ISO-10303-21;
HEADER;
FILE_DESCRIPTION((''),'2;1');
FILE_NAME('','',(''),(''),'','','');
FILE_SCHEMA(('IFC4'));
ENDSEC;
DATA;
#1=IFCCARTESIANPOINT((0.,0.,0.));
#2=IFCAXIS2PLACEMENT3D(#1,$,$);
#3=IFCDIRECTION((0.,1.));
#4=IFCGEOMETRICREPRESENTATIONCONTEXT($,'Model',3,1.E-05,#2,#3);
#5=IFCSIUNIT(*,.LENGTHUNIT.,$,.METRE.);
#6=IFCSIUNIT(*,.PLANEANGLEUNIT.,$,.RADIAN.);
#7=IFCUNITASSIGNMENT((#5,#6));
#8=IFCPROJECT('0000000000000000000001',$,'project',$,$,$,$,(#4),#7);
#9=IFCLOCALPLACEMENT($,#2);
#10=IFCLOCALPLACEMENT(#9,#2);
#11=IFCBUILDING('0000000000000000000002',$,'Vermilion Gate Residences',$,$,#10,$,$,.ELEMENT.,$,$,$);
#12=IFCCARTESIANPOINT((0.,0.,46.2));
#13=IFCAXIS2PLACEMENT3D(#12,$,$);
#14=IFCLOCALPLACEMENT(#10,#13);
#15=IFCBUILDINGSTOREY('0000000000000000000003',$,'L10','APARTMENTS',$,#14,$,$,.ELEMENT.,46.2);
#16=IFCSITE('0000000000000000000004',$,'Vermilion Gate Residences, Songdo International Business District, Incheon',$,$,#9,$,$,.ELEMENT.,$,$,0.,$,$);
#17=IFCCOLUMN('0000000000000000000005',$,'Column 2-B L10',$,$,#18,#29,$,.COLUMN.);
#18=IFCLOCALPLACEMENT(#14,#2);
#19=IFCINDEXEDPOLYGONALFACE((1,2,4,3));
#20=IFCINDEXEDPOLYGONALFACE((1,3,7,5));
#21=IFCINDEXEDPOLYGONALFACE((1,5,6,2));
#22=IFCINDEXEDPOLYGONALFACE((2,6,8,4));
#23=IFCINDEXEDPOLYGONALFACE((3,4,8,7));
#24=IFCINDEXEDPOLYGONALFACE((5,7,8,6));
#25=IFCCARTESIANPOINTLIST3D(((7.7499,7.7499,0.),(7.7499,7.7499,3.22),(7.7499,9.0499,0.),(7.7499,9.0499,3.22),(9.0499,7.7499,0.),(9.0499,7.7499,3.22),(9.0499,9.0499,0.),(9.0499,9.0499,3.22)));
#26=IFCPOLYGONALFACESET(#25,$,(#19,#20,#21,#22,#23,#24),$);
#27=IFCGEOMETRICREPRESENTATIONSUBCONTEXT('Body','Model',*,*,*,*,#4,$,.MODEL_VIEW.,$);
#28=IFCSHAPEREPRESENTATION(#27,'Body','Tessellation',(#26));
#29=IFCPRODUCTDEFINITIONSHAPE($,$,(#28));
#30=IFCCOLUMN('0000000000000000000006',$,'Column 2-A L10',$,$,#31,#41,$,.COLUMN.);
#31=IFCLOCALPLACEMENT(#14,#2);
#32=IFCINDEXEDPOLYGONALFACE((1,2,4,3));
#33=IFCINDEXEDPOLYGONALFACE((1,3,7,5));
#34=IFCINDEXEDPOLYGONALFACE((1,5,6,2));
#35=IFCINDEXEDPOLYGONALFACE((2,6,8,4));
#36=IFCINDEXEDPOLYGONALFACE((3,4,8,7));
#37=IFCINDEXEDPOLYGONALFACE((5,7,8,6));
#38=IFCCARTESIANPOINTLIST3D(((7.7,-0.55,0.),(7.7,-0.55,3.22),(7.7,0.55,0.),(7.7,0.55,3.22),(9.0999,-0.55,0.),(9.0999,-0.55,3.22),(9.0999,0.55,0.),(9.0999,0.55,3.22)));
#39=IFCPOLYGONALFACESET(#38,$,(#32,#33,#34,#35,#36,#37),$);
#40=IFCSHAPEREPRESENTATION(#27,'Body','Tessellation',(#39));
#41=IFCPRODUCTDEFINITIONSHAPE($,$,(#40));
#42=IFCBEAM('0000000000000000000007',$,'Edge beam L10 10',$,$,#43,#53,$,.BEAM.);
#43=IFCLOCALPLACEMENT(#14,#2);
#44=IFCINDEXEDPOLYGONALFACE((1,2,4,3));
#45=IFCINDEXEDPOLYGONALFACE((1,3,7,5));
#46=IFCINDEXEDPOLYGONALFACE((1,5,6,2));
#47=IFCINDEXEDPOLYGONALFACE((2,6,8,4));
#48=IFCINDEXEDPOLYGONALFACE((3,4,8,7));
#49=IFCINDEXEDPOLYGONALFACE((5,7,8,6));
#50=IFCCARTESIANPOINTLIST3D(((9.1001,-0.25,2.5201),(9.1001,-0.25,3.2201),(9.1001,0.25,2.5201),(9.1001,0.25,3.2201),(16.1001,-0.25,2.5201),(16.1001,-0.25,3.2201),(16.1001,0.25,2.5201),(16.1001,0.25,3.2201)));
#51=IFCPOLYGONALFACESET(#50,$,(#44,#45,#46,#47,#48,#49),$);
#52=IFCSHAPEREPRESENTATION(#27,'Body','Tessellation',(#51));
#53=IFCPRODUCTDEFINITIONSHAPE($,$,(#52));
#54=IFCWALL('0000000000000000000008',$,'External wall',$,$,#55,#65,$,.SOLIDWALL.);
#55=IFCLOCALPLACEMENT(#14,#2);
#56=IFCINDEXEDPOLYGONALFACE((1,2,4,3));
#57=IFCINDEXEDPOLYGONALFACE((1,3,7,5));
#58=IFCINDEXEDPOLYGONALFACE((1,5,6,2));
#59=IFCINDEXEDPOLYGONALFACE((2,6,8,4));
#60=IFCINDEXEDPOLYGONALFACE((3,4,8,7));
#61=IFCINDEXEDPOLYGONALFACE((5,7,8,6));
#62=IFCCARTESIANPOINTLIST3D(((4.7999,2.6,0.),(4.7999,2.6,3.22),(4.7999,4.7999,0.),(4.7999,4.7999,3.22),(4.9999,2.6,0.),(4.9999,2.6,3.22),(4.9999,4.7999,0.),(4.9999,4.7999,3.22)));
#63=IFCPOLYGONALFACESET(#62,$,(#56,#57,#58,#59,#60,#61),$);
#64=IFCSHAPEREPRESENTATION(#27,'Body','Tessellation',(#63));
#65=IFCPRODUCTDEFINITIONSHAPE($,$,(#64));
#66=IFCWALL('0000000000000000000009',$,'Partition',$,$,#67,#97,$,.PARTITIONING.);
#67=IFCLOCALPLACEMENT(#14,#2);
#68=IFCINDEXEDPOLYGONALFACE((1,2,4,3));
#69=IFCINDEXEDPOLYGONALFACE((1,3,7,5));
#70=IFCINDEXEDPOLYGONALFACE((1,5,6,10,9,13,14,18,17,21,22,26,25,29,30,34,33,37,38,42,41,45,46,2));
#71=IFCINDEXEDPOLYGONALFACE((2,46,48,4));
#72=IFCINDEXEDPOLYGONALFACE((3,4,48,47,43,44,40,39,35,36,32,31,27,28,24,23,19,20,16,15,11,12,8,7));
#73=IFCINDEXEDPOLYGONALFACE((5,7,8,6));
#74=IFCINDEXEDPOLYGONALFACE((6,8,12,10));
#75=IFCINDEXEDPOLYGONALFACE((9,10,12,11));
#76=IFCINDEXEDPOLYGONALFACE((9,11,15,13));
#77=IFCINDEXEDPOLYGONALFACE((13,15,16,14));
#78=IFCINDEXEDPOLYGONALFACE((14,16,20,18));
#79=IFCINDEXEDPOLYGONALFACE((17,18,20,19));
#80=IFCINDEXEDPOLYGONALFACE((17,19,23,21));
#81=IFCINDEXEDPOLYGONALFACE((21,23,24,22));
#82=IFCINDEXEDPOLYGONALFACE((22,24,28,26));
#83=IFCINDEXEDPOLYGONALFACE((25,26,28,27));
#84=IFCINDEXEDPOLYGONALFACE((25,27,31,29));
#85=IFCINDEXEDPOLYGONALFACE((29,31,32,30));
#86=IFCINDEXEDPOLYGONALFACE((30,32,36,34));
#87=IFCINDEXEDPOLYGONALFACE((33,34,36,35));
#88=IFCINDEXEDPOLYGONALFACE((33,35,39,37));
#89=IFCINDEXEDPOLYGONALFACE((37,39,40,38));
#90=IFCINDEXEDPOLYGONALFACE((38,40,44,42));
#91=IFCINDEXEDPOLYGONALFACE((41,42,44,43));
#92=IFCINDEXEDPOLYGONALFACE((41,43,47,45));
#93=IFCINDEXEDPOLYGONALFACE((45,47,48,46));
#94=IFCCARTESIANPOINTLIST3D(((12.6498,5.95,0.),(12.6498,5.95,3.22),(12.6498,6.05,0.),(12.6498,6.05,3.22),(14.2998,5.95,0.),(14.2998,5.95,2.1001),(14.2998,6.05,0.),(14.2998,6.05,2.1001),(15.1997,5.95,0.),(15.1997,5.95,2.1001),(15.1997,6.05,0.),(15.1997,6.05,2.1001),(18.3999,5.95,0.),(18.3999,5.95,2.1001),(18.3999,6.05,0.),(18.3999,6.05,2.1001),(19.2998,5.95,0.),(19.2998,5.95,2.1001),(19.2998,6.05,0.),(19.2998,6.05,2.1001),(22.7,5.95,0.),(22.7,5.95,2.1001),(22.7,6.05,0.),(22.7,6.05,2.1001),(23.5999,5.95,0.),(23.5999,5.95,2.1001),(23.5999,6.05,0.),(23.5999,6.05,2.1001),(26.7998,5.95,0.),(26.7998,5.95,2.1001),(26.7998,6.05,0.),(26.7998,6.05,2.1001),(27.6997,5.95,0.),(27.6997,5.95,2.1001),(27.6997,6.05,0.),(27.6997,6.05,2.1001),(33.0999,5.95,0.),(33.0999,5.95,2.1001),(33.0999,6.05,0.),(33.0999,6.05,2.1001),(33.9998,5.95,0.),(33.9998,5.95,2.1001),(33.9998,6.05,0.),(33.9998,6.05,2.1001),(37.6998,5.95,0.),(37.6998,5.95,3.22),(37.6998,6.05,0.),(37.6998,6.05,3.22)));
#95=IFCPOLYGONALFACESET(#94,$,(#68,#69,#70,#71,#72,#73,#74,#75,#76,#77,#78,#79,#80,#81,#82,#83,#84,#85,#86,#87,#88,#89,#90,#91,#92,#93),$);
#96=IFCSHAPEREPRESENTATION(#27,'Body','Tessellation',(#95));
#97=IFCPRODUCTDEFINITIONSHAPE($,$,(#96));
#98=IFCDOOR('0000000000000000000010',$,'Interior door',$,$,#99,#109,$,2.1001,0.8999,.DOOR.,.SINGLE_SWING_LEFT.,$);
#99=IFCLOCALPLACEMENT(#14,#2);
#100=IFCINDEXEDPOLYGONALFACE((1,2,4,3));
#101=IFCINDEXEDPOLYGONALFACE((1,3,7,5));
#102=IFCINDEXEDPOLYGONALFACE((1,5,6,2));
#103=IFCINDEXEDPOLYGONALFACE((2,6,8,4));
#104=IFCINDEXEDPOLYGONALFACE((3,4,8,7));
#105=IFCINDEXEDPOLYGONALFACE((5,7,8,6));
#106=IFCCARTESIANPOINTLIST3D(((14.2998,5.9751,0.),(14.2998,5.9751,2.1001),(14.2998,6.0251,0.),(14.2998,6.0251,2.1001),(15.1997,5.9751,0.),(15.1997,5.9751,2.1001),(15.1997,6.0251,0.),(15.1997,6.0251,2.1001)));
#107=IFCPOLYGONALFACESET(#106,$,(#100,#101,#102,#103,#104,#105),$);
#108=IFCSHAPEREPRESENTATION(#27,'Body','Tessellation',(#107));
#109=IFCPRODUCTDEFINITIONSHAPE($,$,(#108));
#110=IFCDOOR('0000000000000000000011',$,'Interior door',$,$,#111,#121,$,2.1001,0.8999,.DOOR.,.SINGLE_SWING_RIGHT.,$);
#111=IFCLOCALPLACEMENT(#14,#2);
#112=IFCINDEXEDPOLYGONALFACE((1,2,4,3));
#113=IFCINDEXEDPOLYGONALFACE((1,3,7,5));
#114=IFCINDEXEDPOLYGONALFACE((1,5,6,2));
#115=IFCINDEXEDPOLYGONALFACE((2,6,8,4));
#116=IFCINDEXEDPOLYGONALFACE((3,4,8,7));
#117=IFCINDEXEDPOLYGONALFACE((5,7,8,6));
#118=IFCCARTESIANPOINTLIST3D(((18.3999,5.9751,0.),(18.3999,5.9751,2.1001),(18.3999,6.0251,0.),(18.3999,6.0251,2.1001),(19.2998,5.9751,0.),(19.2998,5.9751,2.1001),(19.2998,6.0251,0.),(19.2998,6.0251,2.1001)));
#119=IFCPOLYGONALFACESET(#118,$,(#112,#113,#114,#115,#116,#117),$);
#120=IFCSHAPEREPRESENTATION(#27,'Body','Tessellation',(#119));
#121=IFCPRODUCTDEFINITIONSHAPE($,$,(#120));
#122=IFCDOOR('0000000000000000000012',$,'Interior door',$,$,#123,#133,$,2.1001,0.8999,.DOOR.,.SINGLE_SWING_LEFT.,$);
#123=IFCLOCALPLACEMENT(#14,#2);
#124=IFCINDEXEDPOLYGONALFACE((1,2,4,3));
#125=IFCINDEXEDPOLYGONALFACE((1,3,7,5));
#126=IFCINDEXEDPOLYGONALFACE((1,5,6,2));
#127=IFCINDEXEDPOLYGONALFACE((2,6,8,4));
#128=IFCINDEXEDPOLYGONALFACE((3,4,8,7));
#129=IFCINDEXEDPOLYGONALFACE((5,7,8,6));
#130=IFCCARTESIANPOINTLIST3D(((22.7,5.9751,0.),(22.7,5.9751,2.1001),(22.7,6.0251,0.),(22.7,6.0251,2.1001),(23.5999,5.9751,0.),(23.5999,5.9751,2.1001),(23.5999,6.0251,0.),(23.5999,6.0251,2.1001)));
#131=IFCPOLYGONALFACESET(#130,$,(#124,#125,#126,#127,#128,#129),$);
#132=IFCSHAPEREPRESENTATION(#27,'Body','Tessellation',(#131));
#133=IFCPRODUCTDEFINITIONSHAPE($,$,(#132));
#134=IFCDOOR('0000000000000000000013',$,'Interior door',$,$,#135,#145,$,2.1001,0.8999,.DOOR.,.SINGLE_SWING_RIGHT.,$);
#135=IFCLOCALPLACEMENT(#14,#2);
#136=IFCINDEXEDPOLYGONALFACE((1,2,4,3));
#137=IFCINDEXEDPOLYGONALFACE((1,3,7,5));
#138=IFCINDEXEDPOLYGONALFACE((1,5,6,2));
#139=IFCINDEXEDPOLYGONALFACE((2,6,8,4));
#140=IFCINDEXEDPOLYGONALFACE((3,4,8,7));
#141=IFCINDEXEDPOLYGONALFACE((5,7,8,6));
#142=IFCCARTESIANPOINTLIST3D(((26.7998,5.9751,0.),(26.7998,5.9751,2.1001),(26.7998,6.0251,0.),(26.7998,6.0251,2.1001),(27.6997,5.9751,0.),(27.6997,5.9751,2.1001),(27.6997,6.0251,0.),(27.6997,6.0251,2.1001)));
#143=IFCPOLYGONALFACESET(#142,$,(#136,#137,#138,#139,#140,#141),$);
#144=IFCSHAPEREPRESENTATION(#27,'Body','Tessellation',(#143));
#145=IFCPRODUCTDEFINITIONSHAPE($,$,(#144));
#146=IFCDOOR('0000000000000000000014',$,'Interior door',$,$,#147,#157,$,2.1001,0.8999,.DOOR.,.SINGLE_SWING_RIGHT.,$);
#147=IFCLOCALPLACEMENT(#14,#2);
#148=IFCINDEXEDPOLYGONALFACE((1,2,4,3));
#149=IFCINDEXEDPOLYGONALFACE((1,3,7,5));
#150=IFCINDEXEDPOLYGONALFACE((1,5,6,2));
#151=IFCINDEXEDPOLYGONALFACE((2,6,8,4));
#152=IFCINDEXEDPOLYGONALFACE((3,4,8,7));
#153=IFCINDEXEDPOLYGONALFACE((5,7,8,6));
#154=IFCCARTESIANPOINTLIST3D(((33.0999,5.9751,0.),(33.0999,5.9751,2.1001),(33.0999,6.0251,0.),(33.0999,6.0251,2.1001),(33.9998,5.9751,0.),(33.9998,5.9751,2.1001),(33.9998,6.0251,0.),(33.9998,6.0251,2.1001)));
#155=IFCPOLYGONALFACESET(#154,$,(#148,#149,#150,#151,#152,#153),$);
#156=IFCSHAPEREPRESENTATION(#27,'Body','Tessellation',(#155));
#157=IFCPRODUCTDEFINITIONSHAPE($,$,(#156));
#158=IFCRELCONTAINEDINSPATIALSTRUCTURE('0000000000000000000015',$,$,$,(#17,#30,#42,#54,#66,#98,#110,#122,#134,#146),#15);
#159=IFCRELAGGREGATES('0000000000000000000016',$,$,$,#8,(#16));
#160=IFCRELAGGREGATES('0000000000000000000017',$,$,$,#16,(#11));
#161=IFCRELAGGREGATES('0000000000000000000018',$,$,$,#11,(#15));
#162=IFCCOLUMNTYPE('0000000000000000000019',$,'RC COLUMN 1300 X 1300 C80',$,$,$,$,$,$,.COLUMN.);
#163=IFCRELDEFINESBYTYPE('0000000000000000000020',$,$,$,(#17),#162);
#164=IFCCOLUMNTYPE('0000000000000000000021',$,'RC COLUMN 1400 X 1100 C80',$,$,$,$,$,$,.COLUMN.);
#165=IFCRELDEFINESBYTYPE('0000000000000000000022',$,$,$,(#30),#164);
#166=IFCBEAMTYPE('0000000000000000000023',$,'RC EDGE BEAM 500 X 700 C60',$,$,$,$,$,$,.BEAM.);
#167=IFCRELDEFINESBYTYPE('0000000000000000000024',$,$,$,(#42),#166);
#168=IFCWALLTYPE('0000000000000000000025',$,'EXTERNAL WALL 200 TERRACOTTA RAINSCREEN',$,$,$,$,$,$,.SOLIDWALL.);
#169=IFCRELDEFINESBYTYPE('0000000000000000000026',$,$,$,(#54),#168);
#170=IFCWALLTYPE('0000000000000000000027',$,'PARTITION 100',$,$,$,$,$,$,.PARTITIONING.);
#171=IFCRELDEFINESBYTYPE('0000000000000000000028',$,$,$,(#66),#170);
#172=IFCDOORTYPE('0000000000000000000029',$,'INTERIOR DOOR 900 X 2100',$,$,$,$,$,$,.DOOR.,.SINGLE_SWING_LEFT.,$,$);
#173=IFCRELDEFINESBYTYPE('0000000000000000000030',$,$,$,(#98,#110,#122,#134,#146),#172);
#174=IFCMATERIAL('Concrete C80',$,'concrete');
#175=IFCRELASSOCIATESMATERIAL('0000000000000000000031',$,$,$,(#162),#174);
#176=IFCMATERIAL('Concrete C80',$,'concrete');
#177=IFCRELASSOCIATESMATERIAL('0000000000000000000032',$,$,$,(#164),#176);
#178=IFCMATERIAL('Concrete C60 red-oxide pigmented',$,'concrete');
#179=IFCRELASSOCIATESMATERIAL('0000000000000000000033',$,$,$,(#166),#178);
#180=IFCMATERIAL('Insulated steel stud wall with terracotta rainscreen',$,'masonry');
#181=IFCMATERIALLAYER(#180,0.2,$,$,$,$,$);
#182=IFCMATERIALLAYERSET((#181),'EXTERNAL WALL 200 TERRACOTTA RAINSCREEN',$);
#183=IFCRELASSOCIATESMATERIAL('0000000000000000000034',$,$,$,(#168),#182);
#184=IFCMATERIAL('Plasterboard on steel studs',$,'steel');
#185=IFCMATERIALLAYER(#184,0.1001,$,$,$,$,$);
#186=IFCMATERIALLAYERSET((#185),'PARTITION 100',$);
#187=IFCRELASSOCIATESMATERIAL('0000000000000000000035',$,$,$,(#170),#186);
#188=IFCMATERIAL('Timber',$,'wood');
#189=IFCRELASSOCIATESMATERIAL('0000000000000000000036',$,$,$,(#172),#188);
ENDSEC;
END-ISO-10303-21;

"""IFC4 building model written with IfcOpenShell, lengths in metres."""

from ifc_helpers import new_model, si_unit, direction, frame, frame_2d, origin, origin_2d, place, context, subcontext, project, spatial, rectangle, extrude, material, layer, layer_set, material_profile, profile_set, type_object, element, fill, save


model = new_model("IFC4")

# Units and contexts
model_context = context("Model", 3, precision=1e-05, world=origin(), true_north=direction((0.0, 1.0)))
body_context = subcontext(model_context, "Body", "Model", "MODEL_VIEW")
ifc_project = project(units=[si_unit("LENGTHUNIT", "METRE"), si_unit("PLANEANGLEUNIT", "RADIAN")], contexts=[model_context])

# Site, building, storey
site_placement = place(None, origin())
site = spatial("IfcSite", under=ifc_project, at=site_placement, Name="Vermilion Gate Residences, Songdo International Business District, Incheon", CompositionType="ELEMENT", RefElevation=0.0)
building_placement = place(site_placement, origin())
building = spatial("IfcBuilding", under=site, at=building_placement, Name="Vermilion Gate Residences", CompositionType="ELEMENT")
storey_placement = place(building_placement, frame((0.0, 0.0, 46.2)))
storey = spatial("IfcBuildingStorey", under=building, at=storey_placement, Name="L10", Description="APARTMENTS", CompositionType="ELEMENT", Elevation=46.2)

# Columns
ifc_material_1 = material(Name="Concrete C80", Category="concrete")
ifc_material_profile_1 = material_profile(ifc_material_1, rectangle(XDim=1.3, YDim=1.3, at=origin_2d()), Name="RC-1300x1300")
ifc_profile_set_1 = profile_set([ifc_material_profile_1], Name="Concrete C80")
column_type_1 = type_object("IfcColumnType", Name="RC COLUMN 1300 X 1300 C80", PredefinedType="COLUMN", material=ifc_profile_set_1)
column_1_placement = place(storey_placement, frame((8.3999, 8.3999, 0.0), z_axis=(0.0, 0.0, 1.0), x_axis=(1.0, 0.0, 0.0)))
element("IfcColumn", 1, at=column_1_placement, inside=storey, type_object=column_type_1, Name="Column 2-B L10", PredefinedType="COLUMN", context=body_context, shape_type="SweptSolid", body=[
    extrude(rectangle(XDim=1.3, YDim=1.3, at=origin_2d()), origin(), (0.0, 0.0, 1.0), 3.22),
])
ifc_material_2 = material(Name="Concrete C80", Category="concrete")
ifc_material_profile_2 = material_profile(ifc_material_2, rectangle(XDim=1.3999, YDim=1.1001, at=origin_2d()), Name="RC-1400x1100")
ifc_profile_set_2 = profile_set([ifc_material_profile_2], Name="Concrete C80")
column_type_2 = type_object("IfcColumnType", Name="RC COLUMN 1400 X 1100 C80", PredefinedType="COLUMN", material=ifc_profile_set_2)
column_2_placement = place(storey_placement, frame((8.3999, 0.0, 0.0), z_axis=(0.0, 0.0, 1.0), x_axis=(1.0, 0.0, 0.0)))
element("IfcColumn", 2, at=column_2_placement, inside=storey, type_object=column_type_2, Name="Column 2-A L10", PredefinedType="COLUMN", context=body_context, shape_type="SweptSolid", body=[
    extrude(rectangle(XDim=1.3999, YDim=1.1001, at=origin_2d()), origin(), (0.0, 0.0, 1.0), 3.22),
])

# Beam
ifc_material_3 = material(Name="Concrete C60 red-oxide pigmented", Category="concrete")
ifc_material_profile_3 = material_profile(ifc_material_3, rectangle(XDim=0.5, YDim=0.7, at=origin_2d()), Name="RC-500x700")
ifc_profile_set_3 = profile_set([ifc_material_profile_3], Name="Concrete C60 red-oxide pigmented")
beam_type = type_object("IfcBeamType", Name="RC EDGE BEAM 500 X 700 C60", PredefinedType="BEAM", material=ifc_profile_set_3)
beam_placement = place(storey_placement, frame((9.1001, 0.0, 2.8701), z_axis=(1.0, 0.0, 0.0), x_axis=(0.0, 1.0, 0.0)))
element("IfcBeam", 3, at=beam_placement, inside=storey, type_object=beam_type, Name="Edge beam L10 10", PredefinedType="BEAM", context=body_context, shape_type="SweptSolid", body=[
    extrude(rectangle(XDim=0.5, YDim=0.7, at=origin_2d()), origin(), (0.0, 0.0, 1.0), 7.0),
])

# Wall
ifc_material_4 = material(Name="Insulated steel stud wall with terracotta rainscreen", Category="masonry")
ifc_layer_1 = layer(ifc_material_4, 0.2)
ifc_layer_set_1 = layer_set([ifc_layer_1], Name="EXTERNAL WALL 200 TERRACOTTA RAINSCREEN")
wall_type_1 = type_object("IfcWallType", Name="EXTERNAL WALL 200 TERRACOTTA RAINSCREEN", PredefinedType="SOLIDWALL", material=ifc_layer_set_1)
wall_1_placement = place(storey_placement, frame((4.8999, 4.8, 0.0), z_axis=(0.0, 0.0, 1.0), x_axis=(0.0, -1.0, 0.0)))
element("IfcWall", 4, at=wall_1_placement, inside=storey, type_object=wall_type_1, Name="External wall", PredefinedType="SOLIDWALL", context=body_context, shape_type="SweptSolid", body=[
    extrude(rectangle(XDim=2.2, YDim=0.2, at=frame_2d((1.1001, 0.0))), origin(), (0.0, 0.0, 1.0), 3.22),
])

# Wall, openings, doors
ifc_material_5 = material(Name="Plasterboard on steel studs", Category="steel")
ifc_layer_2 = layer(ifc_material_5, 0.1001)
ifc_layer_set_2 = layer_set([ifc_layer_2], Name="PARTITION 100")
wall_type_2 = type_object("IfcWallType", Name="PARTITION 100", PredefinedType="PARTITIONING", material=ifc_layer_set_2)
wall_2_placement = place(storey_placement, frame((12.6499, 6.0, 0.0), z_axis=(0.0, 0.0, 1.0), x_axis=(1.0, 0.0, 0.0)))
wall_2 = element("IfcWall", 5, at=wall_2_placement, inside=storey, type_object=wall_type_2, Name="Partition", PredefinedType="PARTITIONING", context=body_context, shape_type="SweptSolid", body=[
    extrude(rectangle(XDim=25.05, YDim=0.1001, at=frame_2d((12.5249, 0.0))), origin(), (0.0, 0.0, 1.0), 3.22),
])
opening_1_placement = place(wall_2_placement, frame((1.6499, 0.0, 0.0)))
opening_1 = element("IfcOpeningElement", 6, at=opening_1_placement, cuts=wall_2, PredefinedType="OPENING", context=body_context, shape_type="SweptSolid", body=[
    extrude(rectangle(XDim=0.8999, YDim=2.1001, at=frame_2d((0.45, 1.05))), frame((0.0, 0.0601, 0.0), z_axis=(0.0, -1.0, 0.0), x_axis=(1.0, 0.0, 0.0)), (0.0, 0.0, 1.0), 0.1201),
])
opening_2_placement = place(wall_2_placement, frame((5.75, 0.0, 0.0)))
opening_2 = element("IfcOpeningElement", 7, at=opening_2_placement, cuts=wall_2, PredefinedType="OPENING", context=body_context, shape_type="SweptSolid", body=[
    extrude(rectangle(XDim=0.8999, YDim=2.1001, at=frame_2d((0.45, 1.05))), frame((0.0, 0.0601, 0.0), z_axis=(0.0, -1.0, 0.0), x_axis=(1.0, 0.0, 0.0)), (0.0, 0.0, 1.0), 0.1201),
])
opening_3_placement = place(wall_2_placement, frame((10.05, 0.0, 0.0)))
opening_3 = element("IfcOpeningElement", 8, at=opening_3_placement, cuts=wall_2, PredefinedType="OPENING", context=body_context, shape_type="SweptSolid", body=[
    extrude(rectangle(XDim=0.8999, YDim=2.1001, at=frame_2d((0.45, 1.05))), frame((0.0, 0.0601, 0.0), z_axis=(0.0, -1.0, 0.0), x_axis=(1.0, 0.0, 0.0)), (0.0, 0.0, 1.0), 0.1201),
])
opening_4_placement = place(wall_2_placement, frame((14.1499, 0.0, 0.0)))
opening_4 = element("IfcOpeningElement", 9, at=opening_4_placement, cuts=wall_2, PredefinedType="OPENING", context=body_context, shape_type="SweptSolid", body=[
    extrude(rectangle(XDim=0.8999, YDim=2.1001, at=frame_2d((0.45, 1.05))), frame((0.0, 0.0601, 0.0), z_axis=(0.0, -1.0, 0.0), x_axis=(1.0, 0.0, 0.0)), (0.0, 0.0, 1.0), 0.1201),
])
opening_5_placement = place(wall_2_placement, frame((20.45, 0.0, 0.0)))
opening_5 = element("IfcOpeningElement", 10, at=opening_5_placement, cuts=wall_2, PredefinedType="OPENING", context=body_context, shape_type="SweptSolid", body=[
    extrude(rectangle(XDim=0.8999, YDim=2.1001, at=frame_2d((0.45, 1.05))), frame((0.0, 0.0601, 0.0), z_axis=(0.0, -1.0, 0.0), x_axis=(1.0, 0.0, 0.0)), (0.0, 0.0, 1.0), 0.1201),
])
ifc_material_6 = material(Name="Timber", Category="wood")
door_type = type_object("IfcDoorType", Name="INTERIOR DOOR 900 X 2100", OperationType="SINGLE_SWING_LEFT", PredefinedType="DOOR", material=ifc_material_6)
door_1_placement = place(opening_1_placement, frame((0.8999, 0.0, 0.0), z_axis=(0.0, 0.0, 1.0), x_axis=(-1.0, 0.0, 0.0)))
door_1 = element("IfcDoor", 11, at=door_1_placement, inside=storey, type_object=door_type, Name="Interior door", OperationType="SINGLE_SWING_LEFT", OverallHeight=2.1001, OverallWidth=0.8999, PredefinedType="DOOR", context=body_context, shape_type="SweptSolid", body=[
    extrude(rectangle(XDim=0.8999, YDim=2.1001, at=frame_2d((0.45, 1.05))), frame((0.0, 0.0249, 0.0), z_axis=(0.0, -1.0, 0.0), x_axis=(1.0, 0.0, 0.0)), (0.0, 0.0, 1.0), 0.05),
])
fill(opening_1, door_1)
door_2_placement = place(opening_2_placement, frame((0.8999, 0.0, 0.0), z_axis=(0.0, 0.0, 1.0), x_axis=(-1.0, 0.0, 0.0)))
door_2 = element("IfcDoor", 12, at=door_2_placement, inside=storey, type_object=door_type, Name="Interior door", OperationType="SINGLE_SWING_RIGHT", OverallHeight=2.1001, OverallWidth=0.8999, PredefinedType="DOOR", context=body_context, shape_type="SweptSolid", body=[
    extrude(rectangle(XDim=0.8999, YDim=2.1001, at=frame_2d((0.45, 1.05))), frame((0.0, 0.0249, 0.0), z_axis=(0.0, -1.0, 0.0), x_axis=(1.0, 0.0, 0.0)), (0.0, 0.0, 1.0), 0.05),
])
fill(opening_2, door_2)
door_3_placement = place(opening_3_placement, frame((0.8999, 0.0, 0.0), z_axis=(0.0, 0.0, 1.0), x_axis=(-1.0, 0.0, 0.0)))
door_3 = element("IfcDoor", 13, at=door_3_placement, inside=storey, type_object=door_type, Name="Interior door", OperationType="SINGLE_SWING_LEFT", OverallHeight=2.1001, OverallWidth=0.8999, PredefinedType="DOOR", context=body_context, shape_type="SweptSolid", body=[
    extrude(rectangle(XDim=0.8999, YDim=2.1001, at=frame_2d((0.45, 1.05))), frame((0.0, 0.0249, 0.0), z_axis=(0.0, -1.0, 0.0), x_axis=(1.0, 0.0, 0.0)), (0.0, 0.0, 1.0), 0.05),
])
fill(opening_3, door_3)
door_4_placement = place(opening_4_placement, frame((0.8999, 0.0, 0.0), z_axis=(0.0, 0.0, 1.0), x_axis=(-1.0, 0.0, 0.0)))
door_4 = element("IfcDoor", 14, at=door_4_placement, inside=storey, type_object=door_type, Name="Interior door", OperationType="SINGLE_SWING_RIGHT", OverallHeight=2.1001, OverallWidth=0.8999, PredefinedType="DOOR", context=body_context, shape_type="SweptSolid", body=[
    extrude(rectangle(XDim=0.8999, YDim=2.1001, at=frame_2d((0.45, 1.05))), frame((0.0, 0.0249, 0.0), z_axis=(0.0, -1.0, 0.0), x_axis=(1.0, 0.0, 0.0)), (0.0, 0.0, 1.0), 0.05),
])
fill(opening_4, door_4)
door_5_placement = place(opening_5_placement, frame((0.8999, 0.0, 0.0), z_axis=(0.0, 0.0, 1.0), x_axis=(-1.0, 0.0, 0.0)))
door_5 = element("IfcDoor", 15, at=door_5_placement, inside=storey, type_object=door_type, Name="Interior door", OperationType="SINGLE_SWING_RIGHT", OverallHeight=2.1001, OverallWidth=0.8999, PredefinedType="DOOR", context=body_context, shape_type="SweptSolid", body=[
    extrude(rectangle(XDim=0.8999, YDim=2.1001, at=frame_2d((0.45, 1.05))), frame((0.0, 0.0249, 0.0), z_axis=(0.0, -1.0, 0.0), x_axis=(1.0, 0.0, 0.0)), (0.0, 0.0, 1.0), 0.05),
])
fill(opening_5, door_5)

save(model, "model.ifc")
